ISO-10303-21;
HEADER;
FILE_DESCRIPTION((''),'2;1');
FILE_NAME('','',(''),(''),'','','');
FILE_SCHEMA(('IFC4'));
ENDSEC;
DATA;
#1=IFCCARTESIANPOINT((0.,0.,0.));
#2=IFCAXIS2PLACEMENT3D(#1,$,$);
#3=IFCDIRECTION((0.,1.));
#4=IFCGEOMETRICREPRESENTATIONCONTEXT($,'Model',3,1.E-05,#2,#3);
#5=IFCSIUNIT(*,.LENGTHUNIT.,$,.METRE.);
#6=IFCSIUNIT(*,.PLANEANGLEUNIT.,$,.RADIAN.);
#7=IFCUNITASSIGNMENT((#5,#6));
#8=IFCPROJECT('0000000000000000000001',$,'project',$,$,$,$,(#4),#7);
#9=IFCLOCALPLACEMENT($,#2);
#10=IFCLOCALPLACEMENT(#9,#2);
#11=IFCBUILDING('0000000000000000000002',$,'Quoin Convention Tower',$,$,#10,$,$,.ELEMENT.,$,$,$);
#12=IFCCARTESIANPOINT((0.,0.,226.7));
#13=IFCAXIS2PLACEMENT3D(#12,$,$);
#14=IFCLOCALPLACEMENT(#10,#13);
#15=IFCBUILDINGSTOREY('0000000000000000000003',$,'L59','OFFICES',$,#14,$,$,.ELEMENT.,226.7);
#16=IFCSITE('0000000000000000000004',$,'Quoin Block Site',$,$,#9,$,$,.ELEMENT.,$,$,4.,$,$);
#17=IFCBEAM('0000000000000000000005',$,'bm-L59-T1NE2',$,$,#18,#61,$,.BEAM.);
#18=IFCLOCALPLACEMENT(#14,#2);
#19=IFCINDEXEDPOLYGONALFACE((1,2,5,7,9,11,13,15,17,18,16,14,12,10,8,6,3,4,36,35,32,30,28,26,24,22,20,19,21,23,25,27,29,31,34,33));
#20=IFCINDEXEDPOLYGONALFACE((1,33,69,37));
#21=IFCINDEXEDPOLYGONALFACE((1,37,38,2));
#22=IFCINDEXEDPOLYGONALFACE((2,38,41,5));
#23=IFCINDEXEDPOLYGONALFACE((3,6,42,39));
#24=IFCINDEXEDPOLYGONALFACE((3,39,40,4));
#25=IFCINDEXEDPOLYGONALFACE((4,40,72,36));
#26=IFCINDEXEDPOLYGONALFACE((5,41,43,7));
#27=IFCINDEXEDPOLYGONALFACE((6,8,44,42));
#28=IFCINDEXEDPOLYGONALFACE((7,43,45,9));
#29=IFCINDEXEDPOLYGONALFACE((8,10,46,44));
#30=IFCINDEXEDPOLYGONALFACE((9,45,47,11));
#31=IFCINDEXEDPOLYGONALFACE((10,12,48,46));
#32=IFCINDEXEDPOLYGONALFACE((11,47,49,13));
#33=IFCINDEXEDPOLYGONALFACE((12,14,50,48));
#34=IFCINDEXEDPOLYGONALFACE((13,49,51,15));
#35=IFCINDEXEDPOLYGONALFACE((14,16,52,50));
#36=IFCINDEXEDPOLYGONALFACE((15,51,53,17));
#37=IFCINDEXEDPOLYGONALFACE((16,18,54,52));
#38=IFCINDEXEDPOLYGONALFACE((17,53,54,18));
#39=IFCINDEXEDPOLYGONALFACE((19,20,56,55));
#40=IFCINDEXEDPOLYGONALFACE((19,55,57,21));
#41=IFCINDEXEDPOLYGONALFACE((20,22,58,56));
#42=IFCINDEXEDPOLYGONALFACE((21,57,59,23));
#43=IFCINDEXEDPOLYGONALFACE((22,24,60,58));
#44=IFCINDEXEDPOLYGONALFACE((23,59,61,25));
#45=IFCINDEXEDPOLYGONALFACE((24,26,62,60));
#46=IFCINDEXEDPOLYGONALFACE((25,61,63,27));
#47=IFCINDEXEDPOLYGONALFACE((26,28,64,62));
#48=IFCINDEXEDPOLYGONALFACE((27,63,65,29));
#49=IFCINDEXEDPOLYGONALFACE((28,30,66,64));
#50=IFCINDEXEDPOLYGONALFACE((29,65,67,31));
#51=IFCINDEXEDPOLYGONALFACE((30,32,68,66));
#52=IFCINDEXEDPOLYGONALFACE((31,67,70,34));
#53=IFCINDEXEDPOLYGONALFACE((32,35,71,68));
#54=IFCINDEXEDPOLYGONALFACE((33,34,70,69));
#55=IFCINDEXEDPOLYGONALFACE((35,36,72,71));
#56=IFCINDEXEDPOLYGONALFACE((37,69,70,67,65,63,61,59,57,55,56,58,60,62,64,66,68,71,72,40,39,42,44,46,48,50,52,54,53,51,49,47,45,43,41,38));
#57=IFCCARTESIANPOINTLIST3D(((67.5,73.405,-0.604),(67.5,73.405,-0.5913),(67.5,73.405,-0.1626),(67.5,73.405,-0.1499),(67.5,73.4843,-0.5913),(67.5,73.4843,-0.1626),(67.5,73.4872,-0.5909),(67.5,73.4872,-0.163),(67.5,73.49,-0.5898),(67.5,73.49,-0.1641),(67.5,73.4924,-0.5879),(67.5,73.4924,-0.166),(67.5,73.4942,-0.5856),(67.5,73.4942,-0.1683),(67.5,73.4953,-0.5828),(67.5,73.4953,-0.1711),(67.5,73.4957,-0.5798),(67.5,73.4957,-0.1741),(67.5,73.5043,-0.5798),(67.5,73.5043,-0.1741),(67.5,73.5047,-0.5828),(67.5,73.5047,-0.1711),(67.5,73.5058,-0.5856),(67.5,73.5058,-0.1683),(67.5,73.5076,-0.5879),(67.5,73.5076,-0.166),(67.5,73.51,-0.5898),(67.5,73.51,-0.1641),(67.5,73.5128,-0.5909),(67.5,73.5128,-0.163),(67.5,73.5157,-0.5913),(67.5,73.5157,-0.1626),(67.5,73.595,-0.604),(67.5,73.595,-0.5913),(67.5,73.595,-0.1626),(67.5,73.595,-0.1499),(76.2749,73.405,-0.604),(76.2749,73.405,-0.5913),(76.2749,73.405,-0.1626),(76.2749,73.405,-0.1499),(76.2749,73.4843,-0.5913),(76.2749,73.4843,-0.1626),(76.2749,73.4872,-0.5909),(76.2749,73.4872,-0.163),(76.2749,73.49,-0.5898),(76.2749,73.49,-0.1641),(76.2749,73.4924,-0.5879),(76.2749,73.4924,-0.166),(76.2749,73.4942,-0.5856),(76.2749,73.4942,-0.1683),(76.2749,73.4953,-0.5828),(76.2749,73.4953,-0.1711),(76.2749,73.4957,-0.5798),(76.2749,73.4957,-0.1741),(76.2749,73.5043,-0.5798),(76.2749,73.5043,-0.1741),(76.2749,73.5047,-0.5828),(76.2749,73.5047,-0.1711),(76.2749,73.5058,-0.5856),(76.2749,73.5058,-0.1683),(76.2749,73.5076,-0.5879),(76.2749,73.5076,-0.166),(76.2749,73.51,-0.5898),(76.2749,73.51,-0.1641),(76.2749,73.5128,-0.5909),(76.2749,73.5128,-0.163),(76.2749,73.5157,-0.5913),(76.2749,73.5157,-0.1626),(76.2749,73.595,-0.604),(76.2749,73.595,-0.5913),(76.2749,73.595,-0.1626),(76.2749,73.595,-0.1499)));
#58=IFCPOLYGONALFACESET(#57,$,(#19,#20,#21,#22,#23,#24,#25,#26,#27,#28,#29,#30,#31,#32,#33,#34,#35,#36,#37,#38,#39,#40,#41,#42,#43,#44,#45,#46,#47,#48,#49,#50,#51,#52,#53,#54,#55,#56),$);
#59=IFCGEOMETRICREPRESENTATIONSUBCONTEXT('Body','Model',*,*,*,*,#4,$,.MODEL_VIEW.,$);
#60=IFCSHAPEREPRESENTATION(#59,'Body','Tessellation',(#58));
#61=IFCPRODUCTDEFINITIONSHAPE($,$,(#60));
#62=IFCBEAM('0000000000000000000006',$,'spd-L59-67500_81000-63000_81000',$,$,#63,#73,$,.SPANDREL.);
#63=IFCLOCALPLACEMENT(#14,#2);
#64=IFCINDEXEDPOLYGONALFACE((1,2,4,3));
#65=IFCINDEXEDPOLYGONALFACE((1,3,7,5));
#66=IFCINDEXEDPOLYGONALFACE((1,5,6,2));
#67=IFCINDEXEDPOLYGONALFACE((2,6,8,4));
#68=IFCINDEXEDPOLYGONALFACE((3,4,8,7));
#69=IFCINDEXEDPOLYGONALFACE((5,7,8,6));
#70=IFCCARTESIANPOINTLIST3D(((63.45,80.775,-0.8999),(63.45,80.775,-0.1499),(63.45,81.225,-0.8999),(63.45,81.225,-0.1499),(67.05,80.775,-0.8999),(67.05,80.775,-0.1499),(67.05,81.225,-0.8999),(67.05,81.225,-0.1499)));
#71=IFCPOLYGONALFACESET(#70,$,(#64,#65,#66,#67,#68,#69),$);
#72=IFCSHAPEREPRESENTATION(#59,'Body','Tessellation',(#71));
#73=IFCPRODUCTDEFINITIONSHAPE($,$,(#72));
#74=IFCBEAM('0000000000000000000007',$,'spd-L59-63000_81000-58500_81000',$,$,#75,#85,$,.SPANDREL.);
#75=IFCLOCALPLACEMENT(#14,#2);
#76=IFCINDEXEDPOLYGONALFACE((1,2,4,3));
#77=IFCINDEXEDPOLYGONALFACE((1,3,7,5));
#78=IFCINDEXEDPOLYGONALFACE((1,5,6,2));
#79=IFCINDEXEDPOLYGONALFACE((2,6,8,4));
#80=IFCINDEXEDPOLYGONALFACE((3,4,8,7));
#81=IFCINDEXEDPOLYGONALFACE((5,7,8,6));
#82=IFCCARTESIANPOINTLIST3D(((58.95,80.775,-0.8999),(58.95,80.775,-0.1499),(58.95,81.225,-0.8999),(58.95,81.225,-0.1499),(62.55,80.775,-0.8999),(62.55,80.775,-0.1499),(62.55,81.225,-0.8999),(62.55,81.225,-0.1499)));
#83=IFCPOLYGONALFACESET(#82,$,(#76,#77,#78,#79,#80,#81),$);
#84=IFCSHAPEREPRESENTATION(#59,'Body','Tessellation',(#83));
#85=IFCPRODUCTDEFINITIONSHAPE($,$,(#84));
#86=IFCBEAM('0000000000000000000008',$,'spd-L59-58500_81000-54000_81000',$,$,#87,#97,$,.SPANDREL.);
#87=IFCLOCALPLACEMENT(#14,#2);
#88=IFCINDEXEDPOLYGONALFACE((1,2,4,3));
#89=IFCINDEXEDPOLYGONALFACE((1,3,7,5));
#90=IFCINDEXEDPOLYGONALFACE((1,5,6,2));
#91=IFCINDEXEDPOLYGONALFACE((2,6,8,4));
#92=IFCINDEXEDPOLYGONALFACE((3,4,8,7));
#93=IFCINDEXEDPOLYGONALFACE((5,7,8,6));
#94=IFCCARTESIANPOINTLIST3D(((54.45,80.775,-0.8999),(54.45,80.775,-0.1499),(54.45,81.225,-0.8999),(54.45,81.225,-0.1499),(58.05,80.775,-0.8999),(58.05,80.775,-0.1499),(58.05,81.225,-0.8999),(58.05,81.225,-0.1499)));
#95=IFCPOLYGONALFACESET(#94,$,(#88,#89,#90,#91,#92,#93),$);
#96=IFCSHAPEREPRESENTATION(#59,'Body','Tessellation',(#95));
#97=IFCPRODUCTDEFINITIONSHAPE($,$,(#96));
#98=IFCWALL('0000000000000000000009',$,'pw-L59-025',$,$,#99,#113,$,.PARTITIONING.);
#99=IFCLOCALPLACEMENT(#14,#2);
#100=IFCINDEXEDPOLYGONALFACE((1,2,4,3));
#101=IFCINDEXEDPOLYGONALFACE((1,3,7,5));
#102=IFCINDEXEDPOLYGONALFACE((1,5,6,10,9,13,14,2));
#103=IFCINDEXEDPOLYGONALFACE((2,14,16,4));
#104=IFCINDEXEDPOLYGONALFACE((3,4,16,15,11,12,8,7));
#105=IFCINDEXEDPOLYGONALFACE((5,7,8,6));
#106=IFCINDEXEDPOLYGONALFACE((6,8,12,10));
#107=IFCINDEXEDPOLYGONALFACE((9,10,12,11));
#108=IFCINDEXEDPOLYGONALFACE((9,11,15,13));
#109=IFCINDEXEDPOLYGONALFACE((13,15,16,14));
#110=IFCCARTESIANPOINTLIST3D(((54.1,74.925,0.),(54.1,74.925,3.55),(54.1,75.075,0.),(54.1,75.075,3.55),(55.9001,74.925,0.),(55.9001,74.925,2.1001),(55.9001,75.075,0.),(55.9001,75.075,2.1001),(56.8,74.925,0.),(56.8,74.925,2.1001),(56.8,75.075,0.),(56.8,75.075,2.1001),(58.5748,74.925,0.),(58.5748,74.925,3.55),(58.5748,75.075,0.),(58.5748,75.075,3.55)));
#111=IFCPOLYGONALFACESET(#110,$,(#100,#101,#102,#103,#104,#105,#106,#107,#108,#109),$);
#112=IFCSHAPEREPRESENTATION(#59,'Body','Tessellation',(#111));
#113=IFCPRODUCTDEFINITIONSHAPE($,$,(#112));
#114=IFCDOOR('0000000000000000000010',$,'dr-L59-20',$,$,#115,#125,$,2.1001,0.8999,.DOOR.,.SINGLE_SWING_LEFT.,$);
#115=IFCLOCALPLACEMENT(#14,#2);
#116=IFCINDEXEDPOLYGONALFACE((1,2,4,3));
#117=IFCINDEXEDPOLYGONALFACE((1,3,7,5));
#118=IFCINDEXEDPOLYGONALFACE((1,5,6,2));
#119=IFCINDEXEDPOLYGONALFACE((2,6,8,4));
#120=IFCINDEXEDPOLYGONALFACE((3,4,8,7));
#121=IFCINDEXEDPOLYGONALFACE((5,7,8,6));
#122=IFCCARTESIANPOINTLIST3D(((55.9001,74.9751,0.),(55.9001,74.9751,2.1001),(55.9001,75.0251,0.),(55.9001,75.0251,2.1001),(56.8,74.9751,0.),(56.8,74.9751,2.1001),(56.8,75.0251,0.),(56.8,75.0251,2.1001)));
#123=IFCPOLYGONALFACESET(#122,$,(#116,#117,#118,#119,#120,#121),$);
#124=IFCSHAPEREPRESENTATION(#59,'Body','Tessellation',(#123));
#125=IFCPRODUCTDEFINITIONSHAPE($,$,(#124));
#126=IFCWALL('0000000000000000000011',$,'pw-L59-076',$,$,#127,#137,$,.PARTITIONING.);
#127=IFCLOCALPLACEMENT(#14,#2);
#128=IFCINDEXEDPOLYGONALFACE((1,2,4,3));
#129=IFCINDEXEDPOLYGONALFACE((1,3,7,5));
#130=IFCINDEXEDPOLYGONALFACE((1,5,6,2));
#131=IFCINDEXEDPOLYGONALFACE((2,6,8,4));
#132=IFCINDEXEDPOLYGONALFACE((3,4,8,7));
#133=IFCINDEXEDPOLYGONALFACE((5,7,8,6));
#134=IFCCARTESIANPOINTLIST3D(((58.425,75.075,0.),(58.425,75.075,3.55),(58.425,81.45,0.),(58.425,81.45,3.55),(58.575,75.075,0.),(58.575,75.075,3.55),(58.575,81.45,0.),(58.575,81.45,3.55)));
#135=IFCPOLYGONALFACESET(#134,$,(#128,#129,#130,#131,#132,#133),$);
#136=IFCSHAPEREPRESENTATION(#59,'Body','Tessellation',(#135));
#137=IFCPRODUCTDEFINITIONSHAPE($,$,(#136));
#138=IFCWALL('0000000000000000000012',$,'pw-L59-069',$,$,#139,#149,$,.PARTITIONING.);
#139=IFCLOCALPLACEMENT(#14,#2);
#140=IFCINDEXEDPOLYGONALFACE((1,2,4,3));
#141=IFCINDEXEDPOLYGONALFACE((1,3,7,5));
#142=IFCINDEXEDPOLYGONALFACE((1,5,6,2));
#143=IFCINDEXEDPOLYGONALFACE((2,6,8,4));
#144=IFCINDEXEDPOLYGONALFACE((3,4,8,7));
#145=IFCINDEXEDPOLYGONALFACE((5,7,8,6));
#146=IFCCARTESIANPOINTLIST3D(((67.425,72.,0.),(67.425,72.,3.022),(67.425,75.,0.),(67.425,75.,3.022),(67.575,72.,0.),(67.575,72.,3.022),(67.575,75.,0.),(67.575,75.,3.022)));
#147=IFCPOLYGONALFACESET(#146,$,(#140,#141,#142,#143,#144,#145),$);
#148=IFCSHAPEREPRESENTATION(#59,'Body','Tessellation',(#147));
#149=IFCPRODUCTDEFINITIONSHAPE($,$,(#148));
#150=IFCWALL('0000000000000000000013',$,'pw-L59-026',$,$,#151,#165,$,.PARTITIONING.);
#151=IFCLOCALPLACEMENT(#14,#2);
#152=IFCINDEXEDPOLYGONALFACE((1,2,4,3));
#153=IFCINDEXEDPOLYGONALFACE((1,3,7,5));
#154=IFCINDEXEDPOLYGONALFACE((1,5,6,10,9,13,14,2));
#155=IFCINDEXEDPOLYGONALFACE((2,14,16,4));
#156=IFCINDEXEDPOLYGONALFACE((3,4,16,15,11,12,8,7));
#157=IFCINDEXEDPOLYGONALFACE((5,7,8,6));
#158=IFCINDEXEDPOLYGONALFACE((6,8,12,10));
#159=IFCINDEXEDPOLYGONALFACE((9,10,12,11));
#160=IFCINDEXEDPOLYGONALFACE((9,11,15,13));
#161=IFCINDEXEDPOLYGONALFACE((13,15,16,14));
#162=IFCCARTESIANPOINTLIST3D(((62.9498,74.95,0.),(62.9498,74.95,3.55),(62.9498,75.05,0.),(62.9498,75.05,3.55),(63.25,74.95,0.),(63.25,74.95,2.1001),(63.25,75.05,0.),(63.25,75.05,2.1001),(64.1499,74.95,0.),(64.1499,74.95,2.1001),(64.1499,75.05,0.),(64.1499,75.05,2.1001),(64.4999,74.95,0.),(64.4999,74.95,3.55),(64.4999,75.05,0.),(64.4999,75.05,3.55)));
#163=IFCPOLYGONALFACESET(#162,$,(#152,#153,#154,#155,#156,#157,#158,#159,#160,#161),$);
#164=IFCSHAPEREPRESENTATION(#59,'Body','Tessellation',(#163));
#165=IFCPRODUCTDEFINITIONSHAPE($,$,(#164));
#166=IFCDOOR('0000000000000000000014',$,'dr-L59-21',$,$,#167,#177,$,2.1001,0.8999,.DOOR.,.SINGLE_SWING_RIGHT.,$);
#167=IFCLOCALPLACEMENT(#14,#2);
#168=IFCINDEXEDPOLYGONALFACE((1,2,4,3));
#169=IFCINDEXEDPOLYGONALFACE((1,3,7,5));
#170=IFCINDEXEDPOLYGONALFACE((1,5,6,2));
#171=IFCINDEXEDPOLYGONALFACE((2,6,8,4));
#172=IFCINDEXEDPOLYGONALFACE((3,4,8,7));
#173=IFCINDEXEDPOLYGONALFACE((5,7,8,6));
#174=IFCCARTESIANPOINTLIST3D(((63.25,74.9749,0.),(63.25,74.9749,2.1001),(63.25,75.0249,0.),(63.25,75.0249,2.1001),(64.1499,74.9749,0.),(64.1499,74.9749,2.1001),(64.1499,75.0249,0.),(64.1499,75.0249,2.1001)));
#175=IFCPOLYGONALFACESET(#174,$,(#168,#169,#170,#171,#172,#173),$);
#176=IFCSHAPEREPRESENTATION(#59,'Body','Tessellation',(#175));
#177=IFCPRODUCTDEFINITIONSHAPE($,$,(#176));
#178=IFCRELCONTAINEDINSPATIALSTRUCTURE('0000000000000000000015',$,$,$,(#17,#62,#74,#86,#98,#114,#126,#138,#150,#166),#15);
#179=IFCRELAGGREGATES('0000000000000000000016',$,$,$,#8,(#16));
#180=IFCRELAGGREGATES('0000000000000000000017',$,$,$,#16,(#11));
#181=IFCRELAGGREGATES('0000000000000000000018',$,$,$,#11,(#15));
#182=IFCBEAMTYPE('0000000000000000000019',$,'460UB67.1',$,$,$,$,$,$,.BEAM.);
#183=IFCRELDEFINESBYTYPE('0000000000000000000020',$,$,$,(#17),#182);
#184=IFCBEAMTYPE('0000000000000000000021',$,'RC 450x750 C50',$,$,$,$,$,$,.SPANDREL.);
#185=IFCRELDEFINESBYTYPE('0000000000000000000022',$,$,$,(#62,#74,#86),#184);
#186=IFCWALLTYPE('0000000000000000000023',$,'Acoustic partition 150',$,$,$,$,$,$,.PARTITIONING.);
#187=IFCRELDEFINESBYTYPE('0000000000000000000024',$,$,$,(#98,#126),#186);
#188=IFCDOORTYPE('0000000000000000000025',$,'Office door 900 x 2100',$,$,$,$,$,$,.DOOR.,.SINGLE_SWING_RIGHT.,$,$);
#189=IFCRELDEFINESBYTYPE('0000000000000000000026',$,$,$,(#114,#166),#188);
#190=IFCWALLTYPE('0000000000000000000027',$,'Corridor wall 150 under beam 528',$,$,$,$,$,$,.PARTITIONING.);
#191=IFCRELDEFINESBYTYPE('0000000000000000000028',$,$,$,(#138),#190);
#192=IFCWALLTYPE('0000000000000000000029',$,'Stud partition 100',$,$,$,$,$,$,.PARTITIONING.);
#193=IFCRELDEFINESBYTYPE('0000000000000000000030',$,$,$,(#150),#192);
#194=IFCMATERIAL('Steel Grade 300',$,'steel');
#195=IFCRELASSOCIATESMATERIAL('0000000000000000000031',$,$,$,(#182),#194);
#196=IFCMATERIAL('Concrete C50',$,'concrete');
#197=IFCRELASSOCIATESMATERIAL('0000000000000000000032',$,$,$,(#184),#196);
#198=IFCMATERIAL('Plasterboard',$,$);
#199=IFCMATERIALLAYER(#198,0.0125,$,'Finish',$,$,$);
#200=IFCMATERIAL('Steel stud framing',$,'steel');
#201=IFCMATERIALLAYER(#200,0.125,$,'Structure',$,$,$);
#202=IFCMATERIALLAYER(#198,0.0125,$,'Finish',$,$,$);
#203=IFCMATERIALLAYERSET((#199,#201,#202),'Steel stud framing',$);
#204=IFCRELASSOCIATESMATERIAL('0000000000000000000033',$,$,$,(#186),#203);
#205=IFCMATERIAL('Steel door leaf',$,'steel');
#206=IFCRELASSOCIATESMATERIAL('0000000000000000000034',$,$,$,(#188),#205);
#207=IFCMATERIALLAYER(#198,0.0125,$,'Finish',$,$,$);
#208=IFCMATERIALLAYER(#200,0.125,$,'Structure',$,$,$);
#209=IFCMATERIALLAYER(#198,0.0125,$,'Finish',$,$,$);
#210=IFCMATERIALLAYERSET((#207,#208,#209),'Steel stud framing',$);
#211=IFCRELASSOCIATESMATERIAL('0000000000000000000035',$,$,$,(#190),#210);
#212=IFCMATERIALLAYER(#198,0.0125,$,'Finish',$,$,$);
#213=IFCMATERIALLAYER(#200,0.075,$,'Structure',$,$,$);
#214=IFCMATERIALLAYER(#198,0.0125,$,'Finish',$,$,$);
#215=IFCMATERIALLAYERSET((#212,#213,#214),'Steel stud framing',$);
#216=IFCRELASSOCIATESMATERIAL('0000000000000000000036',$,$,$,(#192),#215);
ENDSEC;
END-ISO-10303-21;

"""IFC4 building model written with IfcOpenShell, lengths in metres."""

from ifc_helpers import new_model, si_unit, direction, frame, frame_2d, origin, origin_2d, place, context, subcontext, project, spatial, rectangle, i_section, extrude, material, layer, layer_set, material_profile, profile_set, type_object, element, fill, save


model = new_model("IFC4")

# Units and contexts
model_context = context("Model", 3, precision=1e-05, world=origin(), true_north=direction((0.0, 1.0)))
body_context = subcontext(model_context, "Body", "Model", "MODEL_VIEW")
ifc_project = project(units=[si_unit("LENGTHUNIT", "METRE"), si_unit("PLANEANGLEUNIT", "RADIAN")], contexts=[model_context])

# Site, building, storey
site_placement = place(None, origin())
site = spatial("IfcSite", under=ifc_project, at=site_placement, Name="Quoin Block Site", CompositionType="ELEMENT", RefElevation=4.0)
building_placement = place(site_placement, origin())
building = spatial("IfcBuilding", under=site, at=building_placement, Name="Quoin Convention Tower", CompositionType="ELEMENT")
storey_placement = place(building_placement, frame((0.0, 0.0, 226.7)))
storey = spatial("IfcBuildingStorey", under=building, at=storey_placement, Name="L59", Description="OFFICES", CompositionType="ELEMENT", Elevation=226.7)

# Shared definitions
ifc_material_1 = material(Name="Concrete C50", Category="concrete")

# Beams
ifc_material_2 = material(Name="Steel Grade 300", Category="steel")
ifc_material_profile_1 = material_profile(ifc_material_2, i_section(OverallWidth=0.1899, OverallDepth=0.4541, WebThickness=0.0085, FlangeThickness=0.0127, FilletRadius=0.0115, at=origin_2d()), Name="460UB67.1")
ifc_profile_set_1 = profile_set([ifc_material_profile_1], Name="Steel Grade 300")
beam_type_1 = type_object("IfcBeamType", Name="460UB67.1", PredefinedType="BEAM", material=ifc_profile_set_1)
for number, where, z_axis, x_axis, name in (
    (1, (67.5, 73.5, -0.377), (1.0, 0.0, 0.0), (0.0, 1.0, 0.0), "bm-L59-T1NE2"),
):
    element("IfcBeam", number, at=place(storey_placement, frame(where, z_axis=z_axis, x_axis=x_axis)), inside=storey, type_object=beam_type_1, Name=name, PredefinedType="BEAM", context=body_context, shape_type="SweptSolid", body=[
        extrude(i_section(OverallWidth=0.1899, OverallDepth=0.4541, WebThickness=0.0085, FlangeThickness=0.0127, FilletRadius=0.0115, at=origin_2d()), origin(), (0.0, 0.0, 1.0), 8.7749),
    ])
ifc_material_profile_2 = material_profile(ifc_material_1, rectangle(XDim=0.45, YDim=0.75, at=origin_2d()), Name="RC 450x750")
ifc_profile_set_2 = profile_set([ifc_material_profile_2], Name="Concrete C50")
beam_type_2 = type_object("IfcBeamType", Name="RC 450x750 C50", PredefinedType="SPANDREL", material=ifc_profile_set_2)
for number, where, z_axis, x_axis, name in (
    (2, (67.05, 81.0, -0.5249), (-1.0, 0.0, 0.0), (0.0, -1.0, 0.0), "spd-L59-67500_81000-63000_81000"),
    (3, (62.55, 81.0, -0.5249), (-1.0, 0.0, 0.0), (0.0, -1.0, 0.0), "spd-L59-63000_81000-58500_81000"),
    (4, (58.05, 81.0, -0.5249), (-1.0, 0.0, 0.0), (0.0, -1.0, 0.0), "spd-L59-58500_81000-54000_81000"),
):
    element("IfcBeam", number, at=place(storey_placement, frame(where, z_axis=z_axis, x_axis=x_axis)), inside=storey, type_object=beam_type_2, Name=name, PredefinedType="SPANDREL", context=body_context, shape_type="SweptSolid", body=[
        extrude(rectangle(XDim=0.45, YDim=0.75, at=origin_2d()), origin(), (0.0, 0.0, 1.0), 3.6001),
    ])

# Wall, opening, door
ifc_material_3 = material(Name="Plasterboard")
ifc_layer_1 = layer(ifc_material_3, 0.0125, Name="Finish")
ifc_material_4 = material(Name="Steel stud framing", Category="steel")
ifc_layer_2 = layer(ifc_material_4, 0.125, Name="Structure")
ifc_layer_3 = layer(ifc_material_3, 0.0125, Name="Finish")
ifc_layer_set_1 = layer_set([ifc_layer_1, ifc_layer_2, ifc_layer_3], Name="Steel stud framing")
wall_type_1 = type_object("IfcWallType", Name="Acoustic partition 150", PredefinedType="PARTITIONING", material=ifc_layer_set_1)
wall_1_placement = place(storey_placement, frame((54.1001, 75.0, 0.0), z_axis=(0.0, 0.0, 1.0), x_axis=(1.0, 0.0, 0.0)))
wall_1 = element("IfcWall", 5, at=wall_1_placement, inside=storey, type_object=wall_type_1, Name="pw-L59-025", PredefinedType="PARTITIONING", context=body_context, shape_type="SweptSolid", body=[
    extrude(rectangle(XDim=4.4749, YDim=0.1499, at=frame_2d((2.2373, 0.0))), origin(), (0.0, 0.0, 1.0), 3.55),
])
opening_1_placement = place(wall_1_placement, frame((1.8, 0.0, 0.0)))
opening_1 = element("IfcOpeningElement", 6, at=opening_1_placement, cuts=wall_1, PredefinedType="OPENING", context=body_context, shape_type="SweptSolid", body=[
    extrude(rectangle(XDim=0.8999, YDim=2.1001, at=frame_2d((0.45, 1.05))), frame((0.0, 0.085, 0.0), z_axis=(0.0, -1.0, 0.0), x_axis=(1.0, 0.0, 0.0)), (0.0, 0.0, 1.0), 0.1699),
])
ifc_material_5 = material(Name="Steel door leaf", Category="steel")
door_type = type_object("IfcDoorType", Name="Office door 900 x 2100", OperationType="SINGLE_SWING_RIGHT", PredefinedType="DOOR", material=ifc_material_5)
door_1_placement = place(opening_1_placement, frame((0.8999, 0.0, 0.0), z_axis=(0.0, 0.0, 1.0), x_axis=(-1.0, 0.0, 0.0)))
door_1 = element("IfcDoor", 7, at=door_1_placement, inside=storey, type_object=door_type, Name="dr-L59-20", OperationType="SINGLE_SWING_LEFT", OverallHeight=2.1001, OverallWidth=0.8999, PredefinedType="DOOR", context=body_context, shape_type="SweptSolid", body=[
    extrude(rectangle(XDim=0.8999, YDim=2.1001, at=frame_2d((0.45, 1.05))), frame((0.0, 0.0249, 0.0), z_axis=(0.0, -1.0, 0.0), x_axis=(1.0, 0.0, 0.0)), (0.0, 0.0, 1.0), 0.05),
])
fill(opening_1, door_1)

# Walls
wall_2_placement = place(storey_placement, frame((58.5, 75.075, 0.0), z_axis=(0.0, 0.0, 1.0), x_axis=(0.0, 1.0, 0.0)))
element("IfcWall", 8, at=wall_2_placement, inside=storey, type_object=wall_type_1, Name="pw-L59-076", PredefinedType="PARTITIONING", context=body_context, shape_type="SweptSolid", body=[
    extrude(rectangle(XDim=6.375, YDim=0.1499, at=frame_2d((3.1875, 0.0))), origin(), (0.0, 0.0, 1.0), 3.55),
])
ifc_layer_4 = layer(ifc_material_3, 0.0125, Name="Finish")
ifc_layer_5 = layer(ifc_material_4, 0.125, Name="Structure")
ifc_layer_6 = layer(ifc_material_3, 0.0125, Name="Finish")
ifc_layer_set_2 = layer_set([ifc_layer_4, ifc_layer_5, ifc_layer_6], Name="Steel stud framing")
wall_type_2 = type_object("IfcWallType", Name="Corridor wall 150 under beam 528", PredefinedType="PARTITIONING", material=ifc_layer_set_2)
wall_3_placement = place(storey_placement, frame((67.5, 72.0, 0.0), z_axis=(0.0, 0.0, 1.0), x_axis=(0.0, 1.0, 0.0)))
element("IfcWall", 9, at=wall_3_placement, inside=storey, type_object=wall_type_2, Name="pw-L59-069", PredefinedType="PARTITIONING", context=body_context, shape_type="SweptSolid", body=[
    extrude(rectangle(XDim=3.0, YDim=0.1499, at=frame_2d((1.5, 0.0))), origin(), (0.0, 0.0, 1.0), 3.022),
])

# Wall, opening, door
ifc_layer_7 = layer(ifc_material_3, 0.0125, Name="Finish")
ifc_layer_8 = layer(ifc_material_4, 0.075, Name="Structure")
ifc_layer_9 = layer(ifc_material_3, 0.0125, Name="Finish")
ifc_layer_set_3 = layer_set([ifc_layer_7, ifc_layer_8, ifc_layer_9], Name="Steel stud framing")
wall_type_3 = type_object("IfcWallType", Name="Stud partition 100", PredefinedType="PARTITIONING", material=ifc_layer_set_3)
wall_4_placement = place(storey_placement, frame((62.95, 75.0, 0.0), z_axis=(0.0, 0.0, 1.0), x_axis=(1.0, 0.0, 0.0)))
wall_4 = element("IfcWall", 10, at=wall_4_placement, inside=storey, type_object=wall_type_3, Name="pw-L59-026", PredefinedType="PARTITIONING", context=body_context, shape_type="SweptSolid", body=[
    extrude(rectangle(XDim=1.55, YDim=0.1001, at=frame_2d((0.7749, 0.0))), origin(), (0.0, 0.0, 1.0), 3.55),
])
opening_2_placement = place(wall_4_placement, frame((0.3, 0.0, 0.0)))
opening_2 = element("IfcOpeningElement", 11, at=opening_2_placement, cuts=wall_4, PredefinedType="OPENING", context=body_context, shape_type="SweptSolid", body=[
    extrude(rectangle(XDim=0.8999, YDim=2.1001, at=frame_2d((0.45, 1.05))), frame((0.0, 0.0601, 0.0), z_axis=(0.0, -1.0, 0.0), x_axis=(1.0, 0.0, 0.0)), (0.0, 0.0, 1.0), 0.1201),
])
door_2_placement = place(opening_2_placement, origin())
door_2 = element("IfcDoor", 12, at=door_2_placement, inside=storey, type_object=door_type, Name="dr-L59-21", OperationType="SINGLE_SWING_RIGHT", OverallHeight=2.1001, OverallWidth=0.8999, PredefinedType="DOOR", context=body_context, shape_type="SweptSolid", body=[
    extrude(rectangle(XDim=0.8999, YDim=2.1001, at=frame_2d((0.45, 1.05))), frame((0.0, 0.0249, 0.0), z_axis=(0.0, -1.0, 0.0), x_axis=(1.0, 0.0, 0.0)), (0.0, 0.0, 1.0), 0.05),
])
fill(opening_2, door_2)

save(model, "model.ifc")
